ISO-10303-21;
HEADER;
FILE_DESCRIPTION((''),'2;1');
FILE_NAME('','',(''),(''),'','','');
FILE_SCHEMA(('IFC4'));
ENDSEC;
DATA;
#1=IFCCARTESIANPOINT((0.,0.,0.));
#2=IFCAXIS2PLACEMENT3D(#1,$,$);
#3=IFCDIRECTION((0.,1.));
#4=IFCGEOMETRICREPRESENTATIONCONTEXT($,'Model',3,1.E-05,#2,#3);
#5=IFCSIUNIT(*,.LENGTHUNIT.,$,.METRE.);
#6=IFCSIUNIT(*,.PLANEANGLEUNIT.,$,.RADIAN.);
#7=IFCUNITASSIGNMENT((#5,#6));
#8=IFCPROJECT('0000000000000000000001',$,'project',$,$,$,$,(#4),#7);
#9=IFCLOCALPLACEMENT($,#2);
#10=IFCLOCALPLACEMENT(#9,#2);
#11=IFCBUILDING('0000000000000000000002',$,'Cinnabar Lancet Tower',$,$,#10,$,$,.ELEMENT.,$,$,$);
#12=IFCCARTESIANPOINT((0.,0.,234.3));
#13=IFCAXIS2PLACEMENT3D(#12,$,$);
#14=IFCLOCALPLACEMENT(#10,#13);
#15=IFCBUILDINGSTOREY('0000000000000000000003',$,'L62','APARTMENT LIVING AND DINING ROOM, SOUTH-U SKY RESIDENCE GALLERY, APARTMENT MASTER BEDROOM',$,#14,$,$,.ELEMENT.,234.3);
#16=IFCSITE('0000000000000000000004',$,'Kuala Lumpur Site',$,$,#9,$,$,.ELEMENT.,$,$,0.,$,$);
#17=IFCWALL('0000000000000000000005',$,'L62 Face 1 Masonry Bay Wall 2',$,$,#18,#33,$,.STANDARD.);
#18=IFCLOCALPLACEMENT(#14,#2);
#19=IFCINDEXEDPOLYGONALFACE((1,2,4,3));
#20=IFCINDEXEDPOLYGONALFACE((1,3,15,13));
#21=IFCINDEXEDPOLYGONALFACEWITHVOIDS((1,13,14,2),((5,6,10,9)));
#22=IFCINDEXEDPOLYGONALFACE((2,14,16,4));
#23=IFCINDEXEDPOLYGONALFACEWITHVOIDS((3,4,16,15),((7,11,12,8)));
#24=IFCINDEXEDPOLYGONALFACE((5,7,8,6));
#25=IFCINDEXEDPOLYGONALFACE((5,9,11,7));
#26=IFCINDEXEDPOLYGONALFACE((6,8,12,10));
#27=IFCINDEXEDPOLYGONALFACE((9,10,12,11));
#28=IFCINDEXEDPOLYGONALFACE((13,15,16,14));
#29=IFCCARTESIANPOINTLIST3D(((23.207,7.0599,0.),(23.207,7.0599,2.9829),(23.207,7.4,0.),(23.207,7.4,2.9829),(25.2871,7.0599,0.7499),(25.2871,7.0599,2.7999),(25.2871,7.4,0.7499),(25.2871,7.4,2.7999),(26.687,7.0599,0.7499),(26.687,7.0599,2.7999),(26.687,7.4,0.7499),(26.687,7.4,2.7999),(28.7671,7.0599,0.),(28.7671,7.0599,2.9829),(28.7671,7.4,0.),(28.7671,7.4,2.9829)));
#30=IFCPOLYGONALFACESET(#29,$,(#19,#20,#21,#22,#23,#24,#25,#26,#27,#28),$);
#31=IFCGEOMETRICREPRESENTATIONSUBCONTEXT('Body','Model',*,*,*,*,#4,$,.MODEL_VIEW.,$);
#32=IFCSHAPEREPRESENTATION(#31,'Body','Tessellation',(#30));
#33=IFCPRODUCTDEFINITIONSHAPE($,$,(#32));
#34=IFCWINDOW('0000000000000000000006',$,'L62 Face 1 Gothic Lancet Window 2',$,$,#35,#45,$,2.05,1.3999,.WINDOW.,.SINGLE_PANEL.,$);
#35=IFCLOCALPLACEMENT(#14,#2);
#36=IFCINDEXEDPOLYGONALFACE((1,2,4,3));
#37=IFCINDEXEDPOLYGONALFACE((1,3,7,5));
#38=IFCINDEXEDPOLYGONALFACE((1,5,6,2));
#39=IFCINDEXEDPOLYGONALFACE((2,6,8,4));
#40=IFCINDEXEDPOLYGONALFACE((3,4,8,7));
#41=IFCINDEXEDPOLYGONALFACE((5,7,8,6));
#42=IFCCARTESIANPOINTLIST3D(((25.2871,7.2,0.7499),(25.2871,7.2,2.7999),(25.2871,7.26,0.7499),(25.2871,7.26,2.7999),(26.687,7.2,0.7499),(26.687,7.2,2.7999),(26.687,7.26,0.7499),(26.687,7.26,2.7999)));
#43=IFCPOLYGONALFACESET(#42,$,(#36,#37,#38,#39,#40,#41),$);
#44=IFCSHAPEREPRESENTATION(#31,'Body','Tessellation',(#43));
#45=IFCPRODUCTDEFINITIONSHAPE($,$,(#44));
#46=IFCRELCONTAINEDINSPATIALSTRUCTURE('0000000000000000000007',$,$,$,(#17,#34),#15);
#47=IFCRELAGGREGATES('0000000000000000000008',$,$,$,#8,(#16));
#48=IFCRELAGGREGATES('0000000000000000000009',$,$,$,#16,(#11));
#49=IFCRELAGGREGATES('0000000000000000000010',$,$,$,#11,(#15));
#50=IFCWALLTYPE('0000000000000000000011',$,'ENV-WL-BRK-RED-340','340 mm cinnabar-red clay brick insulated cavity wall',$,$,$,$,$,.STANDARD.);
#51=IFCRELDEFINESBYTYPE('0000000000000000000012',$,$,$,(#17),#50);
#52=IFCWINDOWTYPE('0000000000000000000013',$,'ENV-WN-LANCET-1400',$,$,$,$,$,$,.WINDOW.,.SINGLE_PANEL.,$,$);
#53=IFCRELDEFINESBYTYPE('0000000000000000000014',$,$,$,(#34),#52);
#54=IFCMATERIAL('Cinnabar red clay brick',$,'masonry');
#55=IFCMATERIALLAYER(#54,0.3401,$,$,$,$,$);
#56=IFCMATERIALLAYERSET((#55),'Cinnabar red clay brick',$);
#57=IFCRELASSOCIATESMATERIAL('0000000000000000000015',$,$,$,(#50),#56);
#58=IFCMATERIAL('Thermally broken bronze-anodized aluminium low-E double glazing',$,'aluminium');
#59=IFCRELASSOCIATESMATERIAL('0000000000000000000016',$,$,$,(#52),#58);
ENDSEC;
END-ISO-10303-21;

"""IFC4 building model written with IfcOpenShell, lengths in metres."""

from ifc_helpers import new_model, si_unit, direction, frame, frame_2d, origin, place, context, subcontext, project, spatial, rectangle, extrude, material, layer, layer_set, type_object, element, fill, save


model = new_model("IFC4")

# Units and contexts
model_context = context("Model", 3, precision=1e-05, world=origin(), true_north=direction((0.0, 1.0)))
body_context = subcontext(model_context, "Body", "Model", "MODEL_VIEW")
ifc_project = project(units=[si_unit("LENGTHUNIT", "METRE"), si_unit("PLANEANGLEUNIT", "RADIAN")], contexts=[model_context])

# Site, building, storey
site_placement = place(None, origin())
site = spatial("IfcSite", under=ifc_project, at=site_placement, Name="Kuala Lumpur Site", CompositionType="ELEMENT", RefElevation=0.0)
building_placement = place(site_placement, origin())
building = spatial("IfcBuilding", under=site, at=building_placement, Name="Cinnabar Lancet Tower", CompositionType="ELEMENT")
storey_placement = place(building_placement, frame((0.0, 0.0, 234.3)))
storey = spatial("IfcBuildingStorey", under=building, at=storey_placement, Name="L62", Description="APARTMENT LIVING AND DINING ROOM, SOUTH-U SKY RESIDENCE GALLERY, APARTMENT MASTER BEDROOM", CompositionType="ELEMENT", Elevation=234.3)

# Shared definitions
ifc_material_1 = material(Name="Cinnabar red clay brick", Category="masonry")
ifc_layer_1 = layer(ifc_material_1, 0.3401)
ifc_layer_set_1 = layer_set([ifc_layer_1], Name="Cinnabar red clay brick")
wall_type_1 = type_object("IfcWallType", Name="ENV-WL-BRK-RED-340", Description="340 mm cinnabar-red clay brick insulated cavity wall", PredefinedType="STANDARD", material=ifc_layer_set_1)

# Wall, opening, window
wall_1_placement = place(storey_placement, frame((23.207, 7.23, 0.0), z_axis=(0.0, 0.0, 1.0), x_axis=(1.0, 0.0, 0.0)))
wall_1 = element("IfcWall", 1, at=wall_1_placement, inside=storey, type_object=wall_type_1, Name="L62 Face 1 Masonry Bay Wall 2", PredefinedType="STANDARD", context=body_context, shape_type="SweptSolid", body=[
    extrude(rectangle(XDim=5.5601, YDim=0.3401, at=frame_2d((2.78, 0.0))), origin(), (0.0, 0.0, 1.0), 2.9829),
])
opening_1_placement = place(wall_1_placement, frame((2.0801, 0.0, 0.75)))
opening_1 = element("IfcOpeningElement", 2, at=opening_1_placement, cuts=wall_1, PredefinedType="OPENING", context=body_context, shape_type="SweptSolid", body=[
    extrude(rectangle(XDim=1.3999, YDim=2.05, at=frame_2d((0.7, 1.0249))), frame((0.0, 0.1799, 0.0), z_axis=(0.0, -1.0, 0.0), x_axis=(1.0, 0.0, 0.0)), (0.0, 0.0, 1.0), 0.3601),
])
ifc_material_2 = material(Name="Thermally broken bronze-anodized aluminium low-E double glazing", Category="aluminium")
window_type = type_object("IfcWindowType", Name="ENV-WN-LANCET-1400", PartitioningType="SINGLE_PANEL", PredefinedType="WINDOW", material=ifc_material_2)
window_placement = place(opening_1_placement, origin())
window = element("IfcWindow", 3, at=window_placement, inside=storey, type_object=window_type, Name="L62 Face 1 Gothic Lancet Window 2", OverallHeight=2.05, OverallWidth=1.3999, PartitioningType="SINGLE_PANEL", PredefinedType="WINDOW", context=body_context, shape_type="SweptSolid", body=[
    extrude(rectangle(XDim=1.3999, YDim=2.05, at=frame_2d((0.7, 1.0249))), frame((0.0, 0.03, 0.0), z_axis=(0.0, -1.0, 0.0), x_axis=(1.0, 0.0, 0.0)), (0.0, 0.0, 1.0), 0.0601),
])
fill(opening_1, window)

save(model, "model.ifc")
